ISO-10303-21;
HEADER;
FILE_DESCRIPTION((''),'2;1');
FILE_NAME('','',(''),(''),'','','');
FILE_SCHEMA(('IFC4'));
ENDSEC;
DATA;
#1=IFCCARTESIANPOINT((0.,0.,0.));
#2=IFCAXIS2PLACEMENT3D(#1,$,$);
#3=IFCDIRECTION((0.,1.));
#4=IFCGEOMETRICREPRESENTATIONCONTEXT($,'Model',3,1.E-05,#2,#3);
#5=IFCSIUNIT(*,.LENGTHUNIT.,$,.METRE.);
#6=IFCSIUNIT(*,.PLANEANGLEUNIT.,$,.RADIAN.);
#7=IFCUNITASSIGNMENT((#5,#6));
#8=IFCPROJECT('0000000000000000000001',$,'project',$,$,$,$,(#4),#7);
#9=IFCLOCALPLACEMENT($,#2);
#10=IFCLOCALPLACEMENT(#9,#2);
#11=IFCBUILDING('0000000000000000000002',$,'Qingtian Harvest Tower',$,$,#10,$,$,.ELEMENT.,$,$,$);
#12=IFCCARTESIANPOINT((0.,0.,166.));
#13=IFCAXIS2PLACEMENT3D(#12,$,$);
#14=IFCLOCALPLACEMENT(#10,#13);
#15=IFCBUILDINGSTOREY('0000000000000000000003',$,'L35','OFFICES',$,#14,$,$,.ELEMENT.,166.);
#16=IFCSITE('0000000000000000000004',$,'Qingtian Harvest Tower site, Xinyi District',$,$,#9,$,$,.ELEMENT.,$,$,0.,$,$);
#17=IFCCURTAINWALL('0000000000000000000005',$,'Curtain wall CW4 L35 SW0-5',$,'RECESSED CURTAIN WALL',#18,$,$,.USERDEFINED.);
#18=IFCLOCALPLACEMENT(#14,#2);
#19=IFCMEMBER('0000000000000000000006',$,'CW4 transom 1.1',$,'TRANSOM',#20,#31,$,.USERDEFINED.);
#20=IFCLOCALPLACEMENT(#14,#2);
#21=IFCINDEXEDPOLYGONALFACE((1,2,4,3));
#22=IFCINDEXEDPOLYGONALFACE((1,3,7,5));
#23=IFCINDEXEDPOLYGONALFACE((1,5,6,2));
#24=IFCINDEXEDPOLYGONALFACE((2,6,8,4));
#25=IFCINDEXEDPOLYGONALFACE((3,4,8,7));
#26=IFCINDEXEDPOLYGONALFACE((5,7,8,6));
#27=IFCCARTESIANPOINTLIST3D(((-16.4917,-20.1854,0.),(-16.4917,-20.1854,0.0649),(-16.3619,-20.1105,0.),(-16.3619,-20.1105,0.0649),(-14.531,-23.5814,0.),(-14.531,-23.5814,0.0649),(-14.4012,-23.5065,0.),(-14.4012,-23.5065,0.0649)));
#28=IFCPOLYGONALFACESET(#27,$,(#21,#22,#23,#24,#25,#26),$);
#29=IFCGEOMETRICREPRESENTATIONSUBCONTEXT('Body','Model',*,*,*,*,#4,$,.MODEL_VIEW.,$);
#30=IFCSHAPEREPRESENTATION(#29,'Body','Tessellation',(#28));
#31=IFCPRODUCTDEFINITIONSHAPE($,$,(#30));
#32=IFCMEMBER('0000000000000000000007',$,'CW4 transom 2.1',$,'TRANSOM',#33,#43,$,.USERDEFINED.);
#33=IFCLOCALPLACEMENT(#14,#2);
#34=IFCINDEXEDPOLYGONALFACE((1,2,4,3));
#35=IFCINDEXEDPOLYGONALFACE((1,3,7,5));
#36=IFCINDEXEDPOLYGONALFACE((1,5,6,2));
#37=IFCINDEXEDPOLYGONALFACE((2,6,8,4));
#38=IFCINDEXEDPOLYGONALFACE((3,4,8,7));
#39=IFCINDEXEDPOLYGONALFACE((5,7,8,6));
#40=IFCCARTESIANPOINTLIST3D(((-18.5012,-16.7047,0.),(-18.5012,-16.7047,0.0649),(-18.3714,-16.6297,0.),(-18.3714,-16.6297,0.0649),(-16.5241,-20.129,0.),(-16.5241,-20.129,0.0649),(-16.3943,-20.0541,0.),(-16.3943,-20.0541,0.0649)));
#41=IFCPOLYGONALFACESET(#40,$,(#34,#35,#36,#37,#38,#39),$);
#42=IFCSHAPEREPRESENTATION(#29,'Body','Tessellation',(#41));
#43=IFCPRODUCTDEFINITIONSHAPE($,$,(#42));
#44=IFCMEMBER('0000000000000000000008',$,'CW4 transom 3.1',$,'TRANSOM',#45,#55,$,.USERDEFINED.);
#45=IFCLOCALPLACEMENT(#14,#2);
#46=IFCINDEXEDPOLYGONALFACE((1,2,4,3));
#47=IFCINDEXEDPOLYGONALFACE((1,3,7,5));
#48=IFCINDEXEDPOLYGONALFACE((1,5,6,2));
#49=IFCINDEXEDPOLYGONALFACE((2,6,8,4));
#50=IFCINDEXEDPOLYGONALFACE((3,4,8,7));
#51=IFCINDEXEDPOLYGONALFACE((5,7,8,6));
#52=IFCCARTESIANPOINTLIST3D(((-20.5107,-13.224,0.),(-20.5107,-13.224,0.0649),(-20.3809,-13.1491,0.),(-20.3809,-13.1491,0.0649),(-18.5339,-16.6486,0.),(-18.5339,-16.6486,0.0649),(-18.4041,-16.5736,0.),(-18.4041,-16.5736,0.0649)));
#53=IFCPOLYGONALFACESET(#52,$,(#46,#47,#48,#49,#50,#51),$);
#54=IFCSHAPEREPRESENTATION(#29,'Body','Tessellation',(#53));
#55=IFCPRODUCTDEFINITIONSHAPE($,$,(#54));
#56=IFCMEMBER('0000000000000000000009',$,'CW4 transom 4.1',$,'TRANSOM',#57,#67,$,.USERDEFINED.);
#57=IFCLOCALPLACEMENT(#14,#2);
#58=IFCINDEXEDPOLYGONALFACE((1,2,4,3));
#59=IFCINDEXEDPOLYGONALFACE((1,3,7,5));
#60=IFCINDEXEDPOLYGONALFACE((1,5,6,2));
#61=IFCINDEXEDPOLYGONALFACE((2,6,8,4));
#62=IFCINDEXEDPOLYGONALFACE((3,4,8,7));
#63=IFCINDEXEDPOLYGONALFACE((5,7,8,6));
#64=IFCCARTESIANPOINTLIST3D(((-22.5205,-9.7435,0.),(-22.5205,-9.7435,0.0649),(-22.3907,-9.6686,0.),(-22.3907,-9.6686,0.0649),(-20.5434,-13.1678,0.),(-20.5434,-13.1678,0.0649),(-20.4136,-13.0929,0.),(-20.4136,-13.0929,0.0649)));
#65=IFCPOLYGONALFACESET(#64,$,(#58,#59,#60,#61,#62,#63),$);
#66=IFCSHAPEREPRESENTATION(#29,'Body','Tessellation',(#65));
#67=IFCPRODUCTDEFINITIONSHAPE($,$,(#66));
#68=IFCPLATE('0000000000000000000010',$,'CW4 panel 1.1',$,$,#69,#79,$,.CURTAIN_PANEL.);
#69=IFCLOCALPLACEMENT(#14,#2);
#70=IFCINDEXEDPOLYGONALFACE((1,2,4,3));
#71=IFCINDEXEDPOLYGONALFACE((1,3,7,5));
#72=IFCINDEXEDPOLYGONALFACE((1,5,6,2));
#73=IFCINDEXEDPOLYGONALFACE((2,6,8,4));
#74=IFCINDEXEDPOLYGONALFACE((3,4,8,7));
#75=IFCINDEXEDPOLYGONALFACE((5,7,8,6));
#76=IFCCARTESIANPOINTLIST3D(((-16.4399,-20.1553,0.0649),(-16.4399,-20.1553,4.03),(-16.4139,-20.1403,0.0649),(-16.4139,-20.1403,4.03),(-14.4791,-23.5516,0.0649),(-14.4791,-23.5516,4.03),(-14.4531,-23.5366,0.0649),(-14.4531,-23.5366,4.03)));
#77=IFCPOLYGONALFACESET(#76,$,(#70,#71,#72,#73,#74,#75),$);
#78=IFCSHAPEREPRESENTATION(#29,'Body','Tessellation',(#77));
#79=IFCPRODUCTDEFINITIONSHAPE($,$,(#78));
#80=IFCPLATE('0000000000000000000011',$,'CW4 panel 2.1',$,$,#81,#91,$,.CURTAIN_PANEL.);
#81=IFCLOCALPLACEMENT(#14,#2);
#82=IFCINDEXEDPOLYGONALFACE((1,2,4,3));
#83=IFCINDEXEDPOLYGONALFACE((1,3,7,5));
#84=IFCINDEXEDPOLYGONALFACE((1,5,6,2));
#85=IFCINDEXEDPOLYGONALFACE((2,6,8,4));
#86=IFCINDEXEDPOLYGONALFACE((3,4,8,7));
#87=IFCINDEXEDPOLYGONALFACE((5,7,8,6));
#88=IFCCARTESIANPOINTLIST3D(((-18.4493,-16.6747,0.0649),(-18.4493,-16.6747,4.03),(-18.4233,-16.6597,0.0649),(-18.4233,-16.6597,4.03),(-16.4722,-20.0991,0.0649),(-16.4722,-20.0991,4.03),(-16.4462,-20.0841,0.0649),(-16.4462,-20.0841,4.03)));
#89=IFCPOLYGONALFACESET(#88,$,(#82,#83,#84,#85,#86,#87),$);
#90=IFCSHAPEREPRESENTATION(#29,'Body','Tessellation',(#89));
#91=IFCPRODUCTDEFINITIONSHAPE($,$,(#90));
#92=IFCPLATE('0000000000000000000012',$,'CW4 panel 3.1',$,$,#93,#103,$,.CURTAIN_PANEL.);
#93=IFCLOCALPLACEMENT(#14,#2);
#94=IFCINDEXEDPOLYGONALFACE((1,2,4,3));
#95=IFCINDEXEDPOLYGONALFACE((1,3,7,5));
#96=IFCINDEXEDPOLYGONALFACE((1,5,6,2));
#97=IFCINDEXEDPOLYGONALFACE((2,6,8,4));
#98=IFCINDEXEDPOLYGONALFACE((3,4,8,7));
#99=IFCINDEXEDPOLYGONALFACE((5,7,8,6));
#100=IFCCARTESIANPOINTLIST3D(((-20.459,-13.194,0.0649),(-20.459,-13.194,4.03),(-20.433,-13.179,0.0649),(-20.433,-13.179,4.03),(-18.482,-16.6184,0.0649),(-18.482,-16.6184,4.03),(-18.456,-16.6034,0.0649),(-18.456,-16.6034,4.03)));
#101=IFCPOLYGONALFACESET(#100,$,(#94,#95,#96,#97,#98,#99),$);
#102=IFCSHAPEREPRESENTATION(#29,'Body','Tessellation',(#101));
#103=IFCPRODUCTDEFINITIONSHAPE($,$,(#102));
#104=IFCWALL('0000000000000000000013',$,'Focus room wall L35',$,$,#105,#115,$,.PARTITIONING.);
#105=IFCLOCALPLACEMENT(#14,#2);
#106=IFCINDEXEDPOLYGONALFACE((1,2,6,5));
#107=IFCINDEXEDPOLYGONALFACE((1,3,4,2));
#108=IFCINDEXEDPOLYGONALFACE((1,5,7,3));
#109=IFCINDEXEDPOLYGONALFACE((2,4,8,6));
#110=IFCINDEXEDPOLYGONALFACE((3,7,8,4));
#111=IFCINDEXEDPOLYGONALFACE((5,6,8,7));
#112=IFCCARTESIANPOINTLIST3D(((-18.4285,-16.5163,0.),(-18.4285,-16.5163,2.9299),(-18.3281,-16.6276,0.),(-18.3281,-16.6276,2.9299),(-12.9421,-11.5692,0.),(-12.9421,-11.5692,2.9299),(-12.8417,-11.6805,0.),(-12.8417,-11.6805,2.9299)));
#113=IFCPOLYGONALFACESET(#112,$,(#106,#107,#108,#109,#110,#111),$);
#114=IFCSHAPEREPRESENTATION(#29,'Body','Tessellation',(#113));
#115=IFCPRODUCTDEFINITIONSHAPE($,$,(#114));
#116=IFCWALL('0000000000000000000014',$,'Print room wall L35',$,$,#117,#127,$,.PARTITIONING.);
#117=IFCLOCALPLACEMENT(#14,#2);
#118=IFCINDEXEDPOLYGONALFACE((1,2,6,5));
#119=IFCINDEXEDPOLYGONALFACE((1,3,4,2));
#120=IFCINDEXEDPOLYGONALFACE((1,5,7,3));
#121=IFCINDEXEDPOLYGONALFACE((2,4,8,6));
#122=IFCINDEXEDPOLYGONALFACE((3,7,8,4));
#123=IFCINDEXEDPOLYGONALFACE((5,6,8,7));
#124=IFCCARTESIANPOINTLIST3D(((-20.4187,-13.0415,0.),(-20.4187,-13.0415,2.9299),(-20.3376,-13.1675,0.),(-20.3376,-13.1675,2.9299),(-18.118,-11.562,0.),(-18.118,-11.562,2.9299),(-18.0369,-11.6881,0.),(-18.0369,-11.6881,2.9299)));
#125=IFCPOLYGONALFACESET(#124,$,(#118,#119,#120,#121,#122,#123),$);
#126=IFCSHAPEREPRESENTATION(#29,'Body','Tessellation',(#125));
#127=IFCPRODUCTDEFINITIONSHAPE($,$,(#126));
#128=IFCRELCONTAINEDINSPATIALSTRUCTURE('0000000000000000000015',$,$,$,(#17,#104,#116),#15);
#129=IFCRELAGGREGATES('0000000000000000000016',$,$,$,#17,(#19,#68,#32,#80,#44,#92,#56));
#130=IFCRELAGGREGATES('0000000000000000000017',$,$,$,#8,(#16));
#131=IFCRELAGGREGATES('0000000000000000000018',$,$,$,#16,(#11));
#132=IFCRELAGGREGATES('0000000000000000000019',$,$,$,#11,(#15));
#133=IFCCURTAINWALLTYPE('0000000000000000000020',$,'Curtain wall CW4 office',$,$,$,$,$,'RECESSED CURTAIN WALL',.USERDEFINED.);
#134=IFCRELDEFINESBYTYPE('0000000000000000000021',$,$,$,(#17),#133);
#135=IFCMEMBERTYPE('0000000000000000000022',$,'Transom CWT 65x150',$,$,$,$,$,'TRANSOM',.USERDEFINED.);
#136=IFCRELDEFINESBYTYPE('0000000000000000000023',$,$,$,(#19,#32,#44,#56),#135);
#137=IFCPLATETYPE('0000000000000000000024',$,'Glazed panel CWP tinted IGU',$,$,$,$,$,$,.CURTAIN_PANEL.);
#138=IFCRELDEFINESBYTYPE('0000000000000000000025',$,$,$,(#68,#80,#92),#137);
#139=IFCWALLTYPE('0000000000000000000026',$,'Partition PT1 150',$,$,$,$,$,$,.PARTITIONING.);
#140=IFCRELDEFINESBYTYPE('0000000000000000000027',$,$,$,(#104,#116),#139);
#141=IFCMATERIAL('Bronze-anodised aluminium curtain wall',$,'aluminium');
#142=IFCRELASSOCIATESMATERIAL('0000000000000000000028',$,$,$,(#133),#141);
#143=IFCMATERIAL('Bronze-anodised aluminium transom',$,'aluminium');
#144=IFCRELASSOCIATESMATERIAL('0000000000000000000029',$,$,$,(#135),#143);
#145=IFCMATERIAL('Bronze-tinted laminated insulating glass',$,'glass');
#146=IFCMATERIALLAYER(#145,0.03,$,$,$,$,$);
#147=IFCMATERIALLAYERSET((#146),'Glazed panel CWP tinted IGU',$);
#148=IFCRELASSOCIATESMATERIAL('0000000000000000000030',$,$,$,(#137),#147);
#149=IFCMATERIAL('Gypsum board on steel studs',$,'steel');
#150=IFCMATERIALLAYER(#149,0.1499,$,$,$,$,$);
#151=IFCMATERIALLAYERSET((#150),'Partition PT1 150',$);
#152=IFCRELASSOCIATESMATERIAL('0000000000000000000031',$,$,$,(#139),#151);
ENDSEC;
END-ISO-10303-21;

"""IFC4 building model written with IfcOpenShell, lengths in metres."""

from ifc_helpers import new_model, si_unit, direction, frame, frame_2d, origin, origin_2d, place, context, subcontext, project, spatial, rectangle, extrude, material, layer, layer_set, material_profile, profile_set, type_object, element, aggregate, save


model = new_model("IFC4")

# Units and contexts
model_context = context("Model", 3, precision=1e-05, world=origin(), true_north=direction((0.0, 1.0)))
body_context = subcontext(model_context, "Body", "Model", "MODEL_VIEW")
ifc_project = project(units=[si_unit("LENGTHUNIT", "METRE"), si_unit("PLANEANGLEUNIT", "RADIAN")], contexts=[model_context])

# Site, building, storey
site_placement = place(None, origin())
site = spatial("IfcSite", under=ifc_project, at=site_placement, Name="Qingtian Harvest Tower site, Xinyi District", CompositionType="ELEMENT", RefElevation=0.0)
building_placement = place(site_placement, origin())
building = spatial("IfcBuilding", under=site, at=building_placement, Name="Qingtian Harvest Tower", CompositionType="ELEMENT")
storey_placement = place(building_placement, frame((0.0, 0.0, 166.0)))
storey = spatial("IfcBuildingStorey", under=building, at=storey_placement, Name="L35", Description="OFFICES", CompositionType="ELEMENT", Elevation=166.0)

# Shared definitions
ifc_material_1 = material(Name="Bronze-anodised aluminium curtain wall", Category="aluminium")
curtain_wall_type = type_object("IfcCurtainWallType", Name="Curtain wall CW4 office", ElementType="RECESSED CURTAIN WALL", PredefinedType="USERDEFINED", material=ifc_material_1)

# Curtain wall
curtain_wall_1_placement = place(storey_placement, origin())
curtain_wall_1 = element("IfcCurtainWall", 1, at=curtain_wall_1_placement, inside=storey, type_object=curtain_wall_type, Name="Curtain wall CW4 L35 SW0-5", ObjectType="RECESSED CURTAIN WALL", PredefinedType="USERDEFINED")

# Members
ifc_material_2 = material(Name="Bronze-anodised aluminium transom", Category="aluminium")
ifc_material_profile_1 = material_profile(ifc_material_2, rectangle(XDim=0.1499, YDim=0.0649, at=origin_2d()), Name="AL 65x150")
ifc_profile_set_1 = profile_set([ifc_material_profile_1], Name="Bronze-anodised aluminium transom")
member_type_1 = type_object("IfcMemberType", Name="Transom CWT 65x150", ElementType="TRANSOM", PredefinedType="USERDEFINED", material=ifc_profile_set_1)
member_1_placement = place(storey_placement, frame((-14.4661, -23.5439, 0.0325), z_axis=(-0.500003, 0.866024, 0.0), x_axis=(-0.866024, -0.500003, 0.0)))
member_1 = element("IfcMember", 2, at=member_1_placement, type_object=member_type_1, Name="CW4 transom 1.1", ObjectType="TRANSOM", PredefinedType="USERDEFINED", context=body_context, shape_type="SweptSolid", body=[
    extrude(rectangle(XDim=0.1499, YDim=0.0649, at=origin_2d()), origin(), (0.0, 0.0, 1.0), 3.9214),
])
member_2_placement = place(storey_placement, frame((-16.4592, -20.0916, 0.0325), z_axis=(-0.500004, 0.866023, 0.0), x_axis=(-0.866023, -0.500004, 0.0)))
member_2 = element("IfcMember", 3, at=member_2_placement, type_object=member_type_1, Name="CW4 transom 2.1", ObjectType="TRANSOM", PredefinedType="USERDEFINED", context=body_context, shape_type="SweptSolid", body=[
    extrude(rectangle(XDim=0.1499, YDim=0.0649, at=origin_2d()), origin(), (0.0, 0.0, 1.0), 3.9541),
])
member_3_placement = place(storey_placement, frame((-18.469, -16.6111, 0.0325), z_axis=(-0.499931, 0.866065, 0.0), x_axis=(-0.866065, -0.499931, 0.0)))
member_3 = element("IfcMember", 4, at=member_3_placement, type_object=member_type_1, Name="CW4 transom 3.1", ObjectType="TRANSOM", PredefinedType="USERDEFINED", context=body_context, shape_type="SweptSolid", body=[
    extrude(rectangle(XDim=0.1499, YDim=0.0649, at=origin_2d()), origin(), (0.0, 0.0, 1.0), 3.9541),
])
member_4_placement = place(storey_placement, frame((-20.4785, -13.1304, 0.0325), z_axis=(-0.500004, 0.866023, 0.0), x_axis=(-0.866023, -0.500004, 0.0)))
member_4 = element("IfcMember", 5, at=member_4_placement, type_object=member_type_1, Name="CW4 transom 4.1", ObjectType="TRANSOM", PredefinedType="USERDEFINED", context=body_context, shape_type="SweptSolid", body=[
    extrude(rectangle(XDim=0.1499, YDim=0.0649, at=origin_2d()), origin(), (0.0, 0.0, 1.0), 3.9541),
])

# Plates
ifc_material_3 = material(Name="Bronze-tinted laminated insulating glass", Category="glass")
ifc_layer_1 = layer(ifc_material_3, 0.03)
ifc_layer_set_1 = layer_set([ifc_layer_1], Name="Glazed panel CWP tinted IGU")
plate_type = type_object("IfcPlateType", Name="Glazed panel CWP tinted IGU", PredefinedType="CURTAIN_PANEL", material=ifc_layer_set_1)
plate_1_placement = place(storey_placement, frame((-15.4465, -21.8459, 0.0649), z_axis=(0.0, 0.0, 1.0), x_axis=(-0.5, 0.866025, 0.0)))
plate_1 = element("IfcPlate", 6, at=plate_1_placement, type_object=plate_type, Name="CW4 panel 1.1", PredefinedType="CURTAIN_PANEL", context=body_context, shape_type="SweptSolid", body=[
    extrude(rectangle(XDim=3.9216, YDim=0.03, at=origin_2d()), origin(), (0.0, 0.0, 1.0), 3.9651),
])
plate_2_placement = place(storey_placement, frame((-17.4478, -18.3794, 0.0649), z_axis=(0.0, 0.0, 1.0), x_axis=(-0.5, 0.866025, 0.0)))
plate_2 = element("IfcPlate", 7, at=plate_2_placement, type_object=plate_type, Name="CW4 panel 2.1", PredefinedType="CURTAIN_PANEL", context=body_context, shape_type="SweptSolid", body=[
    extrude(rectangle(XDim=3.9541, YDim=0.03, at=origin_2d()), origin(), (0.0, 0.0, 1.0), 3.9651),
])
plate_3_placement = place(storey_placement, frame((-19.4575, -14.8987, 0.0649), z_axis=(0.0, 0.0, 1.0), x_axis=(-0.5, 0.866025, 0.0)))
plate_3 = element("IfcPlate", 8, at=plate_3_placement, type_object=plate_type, Name="CW4 panel 3.1", PredefinedType="CURTAIN_PANEL", context=body_context, shape_type="SweptSolid", body=[
    extrude(rectangle(XDim=3.9541, YDim=0.03, at=origin_2d()), origin(), (0.0, 0.0, 1.0), 3.9651),
])
aggregate(curtain_wall_1, [member_1, plate_1, member_2, plate_2, member_3, plate_3, member_4])

# Walls
ifc_material_4 = material(Name="Gypsum board on steel studs", Category="steel")
ifc_layer_2 = layer(ifc_material_4, 0.1499)
ifc_layer_set_2 = layer_set([ifc_layer_2], Name="Partition PT1 150")
wall_type = type_object("IfcWallType", Name="Partition PT1 150", PredefinedType="PARTITIONING", material=ifc_layer_set_2)
wall_1_placement = place(storey_placement, frame((-18.3784, -16.572, 0.0), z_axis=(0.0, 0.0, 1.0), x_axis=(0.742666, 0.669662, 0.0)))
element("IfcWall", 9, at=wall_1_placement, inside=storey, type_object=wall_type, Name="Focus room wall L35", PredefinedType="PARTITIONING", context=body_context, shape_type="SweptSolid", body=[
    extrude(rectangle(XDim=7.3875, YDim=0.1499, at=frame_2d((3.6938, 0.0))), origin(), (0.0, 0.0, 1.0), 2.9299),
])
wall_2_placement = place(storey_placement, frame((-20.3782, -13.1045, 0.0), z_axis=(0.0, 0.0, 1.0), x_axis=(0.841109, 0.540866, 0.0)))
element("IfcWall", 10, at=wall_2_placement, inside=storey, type_object=wall_type, Name="Print room wall L35", PredefinedType="PARTITIONING", context=body_context, shape_type="SweptSolid", body=[
    extrude(rectangle(XDim=2.7354, YDim=0.1499, at=frame_2d((1.3677, 0.0))), origin(), (0.0, 0.0, 1.0), 2.9299),
])

save(model, "model.ifc")
